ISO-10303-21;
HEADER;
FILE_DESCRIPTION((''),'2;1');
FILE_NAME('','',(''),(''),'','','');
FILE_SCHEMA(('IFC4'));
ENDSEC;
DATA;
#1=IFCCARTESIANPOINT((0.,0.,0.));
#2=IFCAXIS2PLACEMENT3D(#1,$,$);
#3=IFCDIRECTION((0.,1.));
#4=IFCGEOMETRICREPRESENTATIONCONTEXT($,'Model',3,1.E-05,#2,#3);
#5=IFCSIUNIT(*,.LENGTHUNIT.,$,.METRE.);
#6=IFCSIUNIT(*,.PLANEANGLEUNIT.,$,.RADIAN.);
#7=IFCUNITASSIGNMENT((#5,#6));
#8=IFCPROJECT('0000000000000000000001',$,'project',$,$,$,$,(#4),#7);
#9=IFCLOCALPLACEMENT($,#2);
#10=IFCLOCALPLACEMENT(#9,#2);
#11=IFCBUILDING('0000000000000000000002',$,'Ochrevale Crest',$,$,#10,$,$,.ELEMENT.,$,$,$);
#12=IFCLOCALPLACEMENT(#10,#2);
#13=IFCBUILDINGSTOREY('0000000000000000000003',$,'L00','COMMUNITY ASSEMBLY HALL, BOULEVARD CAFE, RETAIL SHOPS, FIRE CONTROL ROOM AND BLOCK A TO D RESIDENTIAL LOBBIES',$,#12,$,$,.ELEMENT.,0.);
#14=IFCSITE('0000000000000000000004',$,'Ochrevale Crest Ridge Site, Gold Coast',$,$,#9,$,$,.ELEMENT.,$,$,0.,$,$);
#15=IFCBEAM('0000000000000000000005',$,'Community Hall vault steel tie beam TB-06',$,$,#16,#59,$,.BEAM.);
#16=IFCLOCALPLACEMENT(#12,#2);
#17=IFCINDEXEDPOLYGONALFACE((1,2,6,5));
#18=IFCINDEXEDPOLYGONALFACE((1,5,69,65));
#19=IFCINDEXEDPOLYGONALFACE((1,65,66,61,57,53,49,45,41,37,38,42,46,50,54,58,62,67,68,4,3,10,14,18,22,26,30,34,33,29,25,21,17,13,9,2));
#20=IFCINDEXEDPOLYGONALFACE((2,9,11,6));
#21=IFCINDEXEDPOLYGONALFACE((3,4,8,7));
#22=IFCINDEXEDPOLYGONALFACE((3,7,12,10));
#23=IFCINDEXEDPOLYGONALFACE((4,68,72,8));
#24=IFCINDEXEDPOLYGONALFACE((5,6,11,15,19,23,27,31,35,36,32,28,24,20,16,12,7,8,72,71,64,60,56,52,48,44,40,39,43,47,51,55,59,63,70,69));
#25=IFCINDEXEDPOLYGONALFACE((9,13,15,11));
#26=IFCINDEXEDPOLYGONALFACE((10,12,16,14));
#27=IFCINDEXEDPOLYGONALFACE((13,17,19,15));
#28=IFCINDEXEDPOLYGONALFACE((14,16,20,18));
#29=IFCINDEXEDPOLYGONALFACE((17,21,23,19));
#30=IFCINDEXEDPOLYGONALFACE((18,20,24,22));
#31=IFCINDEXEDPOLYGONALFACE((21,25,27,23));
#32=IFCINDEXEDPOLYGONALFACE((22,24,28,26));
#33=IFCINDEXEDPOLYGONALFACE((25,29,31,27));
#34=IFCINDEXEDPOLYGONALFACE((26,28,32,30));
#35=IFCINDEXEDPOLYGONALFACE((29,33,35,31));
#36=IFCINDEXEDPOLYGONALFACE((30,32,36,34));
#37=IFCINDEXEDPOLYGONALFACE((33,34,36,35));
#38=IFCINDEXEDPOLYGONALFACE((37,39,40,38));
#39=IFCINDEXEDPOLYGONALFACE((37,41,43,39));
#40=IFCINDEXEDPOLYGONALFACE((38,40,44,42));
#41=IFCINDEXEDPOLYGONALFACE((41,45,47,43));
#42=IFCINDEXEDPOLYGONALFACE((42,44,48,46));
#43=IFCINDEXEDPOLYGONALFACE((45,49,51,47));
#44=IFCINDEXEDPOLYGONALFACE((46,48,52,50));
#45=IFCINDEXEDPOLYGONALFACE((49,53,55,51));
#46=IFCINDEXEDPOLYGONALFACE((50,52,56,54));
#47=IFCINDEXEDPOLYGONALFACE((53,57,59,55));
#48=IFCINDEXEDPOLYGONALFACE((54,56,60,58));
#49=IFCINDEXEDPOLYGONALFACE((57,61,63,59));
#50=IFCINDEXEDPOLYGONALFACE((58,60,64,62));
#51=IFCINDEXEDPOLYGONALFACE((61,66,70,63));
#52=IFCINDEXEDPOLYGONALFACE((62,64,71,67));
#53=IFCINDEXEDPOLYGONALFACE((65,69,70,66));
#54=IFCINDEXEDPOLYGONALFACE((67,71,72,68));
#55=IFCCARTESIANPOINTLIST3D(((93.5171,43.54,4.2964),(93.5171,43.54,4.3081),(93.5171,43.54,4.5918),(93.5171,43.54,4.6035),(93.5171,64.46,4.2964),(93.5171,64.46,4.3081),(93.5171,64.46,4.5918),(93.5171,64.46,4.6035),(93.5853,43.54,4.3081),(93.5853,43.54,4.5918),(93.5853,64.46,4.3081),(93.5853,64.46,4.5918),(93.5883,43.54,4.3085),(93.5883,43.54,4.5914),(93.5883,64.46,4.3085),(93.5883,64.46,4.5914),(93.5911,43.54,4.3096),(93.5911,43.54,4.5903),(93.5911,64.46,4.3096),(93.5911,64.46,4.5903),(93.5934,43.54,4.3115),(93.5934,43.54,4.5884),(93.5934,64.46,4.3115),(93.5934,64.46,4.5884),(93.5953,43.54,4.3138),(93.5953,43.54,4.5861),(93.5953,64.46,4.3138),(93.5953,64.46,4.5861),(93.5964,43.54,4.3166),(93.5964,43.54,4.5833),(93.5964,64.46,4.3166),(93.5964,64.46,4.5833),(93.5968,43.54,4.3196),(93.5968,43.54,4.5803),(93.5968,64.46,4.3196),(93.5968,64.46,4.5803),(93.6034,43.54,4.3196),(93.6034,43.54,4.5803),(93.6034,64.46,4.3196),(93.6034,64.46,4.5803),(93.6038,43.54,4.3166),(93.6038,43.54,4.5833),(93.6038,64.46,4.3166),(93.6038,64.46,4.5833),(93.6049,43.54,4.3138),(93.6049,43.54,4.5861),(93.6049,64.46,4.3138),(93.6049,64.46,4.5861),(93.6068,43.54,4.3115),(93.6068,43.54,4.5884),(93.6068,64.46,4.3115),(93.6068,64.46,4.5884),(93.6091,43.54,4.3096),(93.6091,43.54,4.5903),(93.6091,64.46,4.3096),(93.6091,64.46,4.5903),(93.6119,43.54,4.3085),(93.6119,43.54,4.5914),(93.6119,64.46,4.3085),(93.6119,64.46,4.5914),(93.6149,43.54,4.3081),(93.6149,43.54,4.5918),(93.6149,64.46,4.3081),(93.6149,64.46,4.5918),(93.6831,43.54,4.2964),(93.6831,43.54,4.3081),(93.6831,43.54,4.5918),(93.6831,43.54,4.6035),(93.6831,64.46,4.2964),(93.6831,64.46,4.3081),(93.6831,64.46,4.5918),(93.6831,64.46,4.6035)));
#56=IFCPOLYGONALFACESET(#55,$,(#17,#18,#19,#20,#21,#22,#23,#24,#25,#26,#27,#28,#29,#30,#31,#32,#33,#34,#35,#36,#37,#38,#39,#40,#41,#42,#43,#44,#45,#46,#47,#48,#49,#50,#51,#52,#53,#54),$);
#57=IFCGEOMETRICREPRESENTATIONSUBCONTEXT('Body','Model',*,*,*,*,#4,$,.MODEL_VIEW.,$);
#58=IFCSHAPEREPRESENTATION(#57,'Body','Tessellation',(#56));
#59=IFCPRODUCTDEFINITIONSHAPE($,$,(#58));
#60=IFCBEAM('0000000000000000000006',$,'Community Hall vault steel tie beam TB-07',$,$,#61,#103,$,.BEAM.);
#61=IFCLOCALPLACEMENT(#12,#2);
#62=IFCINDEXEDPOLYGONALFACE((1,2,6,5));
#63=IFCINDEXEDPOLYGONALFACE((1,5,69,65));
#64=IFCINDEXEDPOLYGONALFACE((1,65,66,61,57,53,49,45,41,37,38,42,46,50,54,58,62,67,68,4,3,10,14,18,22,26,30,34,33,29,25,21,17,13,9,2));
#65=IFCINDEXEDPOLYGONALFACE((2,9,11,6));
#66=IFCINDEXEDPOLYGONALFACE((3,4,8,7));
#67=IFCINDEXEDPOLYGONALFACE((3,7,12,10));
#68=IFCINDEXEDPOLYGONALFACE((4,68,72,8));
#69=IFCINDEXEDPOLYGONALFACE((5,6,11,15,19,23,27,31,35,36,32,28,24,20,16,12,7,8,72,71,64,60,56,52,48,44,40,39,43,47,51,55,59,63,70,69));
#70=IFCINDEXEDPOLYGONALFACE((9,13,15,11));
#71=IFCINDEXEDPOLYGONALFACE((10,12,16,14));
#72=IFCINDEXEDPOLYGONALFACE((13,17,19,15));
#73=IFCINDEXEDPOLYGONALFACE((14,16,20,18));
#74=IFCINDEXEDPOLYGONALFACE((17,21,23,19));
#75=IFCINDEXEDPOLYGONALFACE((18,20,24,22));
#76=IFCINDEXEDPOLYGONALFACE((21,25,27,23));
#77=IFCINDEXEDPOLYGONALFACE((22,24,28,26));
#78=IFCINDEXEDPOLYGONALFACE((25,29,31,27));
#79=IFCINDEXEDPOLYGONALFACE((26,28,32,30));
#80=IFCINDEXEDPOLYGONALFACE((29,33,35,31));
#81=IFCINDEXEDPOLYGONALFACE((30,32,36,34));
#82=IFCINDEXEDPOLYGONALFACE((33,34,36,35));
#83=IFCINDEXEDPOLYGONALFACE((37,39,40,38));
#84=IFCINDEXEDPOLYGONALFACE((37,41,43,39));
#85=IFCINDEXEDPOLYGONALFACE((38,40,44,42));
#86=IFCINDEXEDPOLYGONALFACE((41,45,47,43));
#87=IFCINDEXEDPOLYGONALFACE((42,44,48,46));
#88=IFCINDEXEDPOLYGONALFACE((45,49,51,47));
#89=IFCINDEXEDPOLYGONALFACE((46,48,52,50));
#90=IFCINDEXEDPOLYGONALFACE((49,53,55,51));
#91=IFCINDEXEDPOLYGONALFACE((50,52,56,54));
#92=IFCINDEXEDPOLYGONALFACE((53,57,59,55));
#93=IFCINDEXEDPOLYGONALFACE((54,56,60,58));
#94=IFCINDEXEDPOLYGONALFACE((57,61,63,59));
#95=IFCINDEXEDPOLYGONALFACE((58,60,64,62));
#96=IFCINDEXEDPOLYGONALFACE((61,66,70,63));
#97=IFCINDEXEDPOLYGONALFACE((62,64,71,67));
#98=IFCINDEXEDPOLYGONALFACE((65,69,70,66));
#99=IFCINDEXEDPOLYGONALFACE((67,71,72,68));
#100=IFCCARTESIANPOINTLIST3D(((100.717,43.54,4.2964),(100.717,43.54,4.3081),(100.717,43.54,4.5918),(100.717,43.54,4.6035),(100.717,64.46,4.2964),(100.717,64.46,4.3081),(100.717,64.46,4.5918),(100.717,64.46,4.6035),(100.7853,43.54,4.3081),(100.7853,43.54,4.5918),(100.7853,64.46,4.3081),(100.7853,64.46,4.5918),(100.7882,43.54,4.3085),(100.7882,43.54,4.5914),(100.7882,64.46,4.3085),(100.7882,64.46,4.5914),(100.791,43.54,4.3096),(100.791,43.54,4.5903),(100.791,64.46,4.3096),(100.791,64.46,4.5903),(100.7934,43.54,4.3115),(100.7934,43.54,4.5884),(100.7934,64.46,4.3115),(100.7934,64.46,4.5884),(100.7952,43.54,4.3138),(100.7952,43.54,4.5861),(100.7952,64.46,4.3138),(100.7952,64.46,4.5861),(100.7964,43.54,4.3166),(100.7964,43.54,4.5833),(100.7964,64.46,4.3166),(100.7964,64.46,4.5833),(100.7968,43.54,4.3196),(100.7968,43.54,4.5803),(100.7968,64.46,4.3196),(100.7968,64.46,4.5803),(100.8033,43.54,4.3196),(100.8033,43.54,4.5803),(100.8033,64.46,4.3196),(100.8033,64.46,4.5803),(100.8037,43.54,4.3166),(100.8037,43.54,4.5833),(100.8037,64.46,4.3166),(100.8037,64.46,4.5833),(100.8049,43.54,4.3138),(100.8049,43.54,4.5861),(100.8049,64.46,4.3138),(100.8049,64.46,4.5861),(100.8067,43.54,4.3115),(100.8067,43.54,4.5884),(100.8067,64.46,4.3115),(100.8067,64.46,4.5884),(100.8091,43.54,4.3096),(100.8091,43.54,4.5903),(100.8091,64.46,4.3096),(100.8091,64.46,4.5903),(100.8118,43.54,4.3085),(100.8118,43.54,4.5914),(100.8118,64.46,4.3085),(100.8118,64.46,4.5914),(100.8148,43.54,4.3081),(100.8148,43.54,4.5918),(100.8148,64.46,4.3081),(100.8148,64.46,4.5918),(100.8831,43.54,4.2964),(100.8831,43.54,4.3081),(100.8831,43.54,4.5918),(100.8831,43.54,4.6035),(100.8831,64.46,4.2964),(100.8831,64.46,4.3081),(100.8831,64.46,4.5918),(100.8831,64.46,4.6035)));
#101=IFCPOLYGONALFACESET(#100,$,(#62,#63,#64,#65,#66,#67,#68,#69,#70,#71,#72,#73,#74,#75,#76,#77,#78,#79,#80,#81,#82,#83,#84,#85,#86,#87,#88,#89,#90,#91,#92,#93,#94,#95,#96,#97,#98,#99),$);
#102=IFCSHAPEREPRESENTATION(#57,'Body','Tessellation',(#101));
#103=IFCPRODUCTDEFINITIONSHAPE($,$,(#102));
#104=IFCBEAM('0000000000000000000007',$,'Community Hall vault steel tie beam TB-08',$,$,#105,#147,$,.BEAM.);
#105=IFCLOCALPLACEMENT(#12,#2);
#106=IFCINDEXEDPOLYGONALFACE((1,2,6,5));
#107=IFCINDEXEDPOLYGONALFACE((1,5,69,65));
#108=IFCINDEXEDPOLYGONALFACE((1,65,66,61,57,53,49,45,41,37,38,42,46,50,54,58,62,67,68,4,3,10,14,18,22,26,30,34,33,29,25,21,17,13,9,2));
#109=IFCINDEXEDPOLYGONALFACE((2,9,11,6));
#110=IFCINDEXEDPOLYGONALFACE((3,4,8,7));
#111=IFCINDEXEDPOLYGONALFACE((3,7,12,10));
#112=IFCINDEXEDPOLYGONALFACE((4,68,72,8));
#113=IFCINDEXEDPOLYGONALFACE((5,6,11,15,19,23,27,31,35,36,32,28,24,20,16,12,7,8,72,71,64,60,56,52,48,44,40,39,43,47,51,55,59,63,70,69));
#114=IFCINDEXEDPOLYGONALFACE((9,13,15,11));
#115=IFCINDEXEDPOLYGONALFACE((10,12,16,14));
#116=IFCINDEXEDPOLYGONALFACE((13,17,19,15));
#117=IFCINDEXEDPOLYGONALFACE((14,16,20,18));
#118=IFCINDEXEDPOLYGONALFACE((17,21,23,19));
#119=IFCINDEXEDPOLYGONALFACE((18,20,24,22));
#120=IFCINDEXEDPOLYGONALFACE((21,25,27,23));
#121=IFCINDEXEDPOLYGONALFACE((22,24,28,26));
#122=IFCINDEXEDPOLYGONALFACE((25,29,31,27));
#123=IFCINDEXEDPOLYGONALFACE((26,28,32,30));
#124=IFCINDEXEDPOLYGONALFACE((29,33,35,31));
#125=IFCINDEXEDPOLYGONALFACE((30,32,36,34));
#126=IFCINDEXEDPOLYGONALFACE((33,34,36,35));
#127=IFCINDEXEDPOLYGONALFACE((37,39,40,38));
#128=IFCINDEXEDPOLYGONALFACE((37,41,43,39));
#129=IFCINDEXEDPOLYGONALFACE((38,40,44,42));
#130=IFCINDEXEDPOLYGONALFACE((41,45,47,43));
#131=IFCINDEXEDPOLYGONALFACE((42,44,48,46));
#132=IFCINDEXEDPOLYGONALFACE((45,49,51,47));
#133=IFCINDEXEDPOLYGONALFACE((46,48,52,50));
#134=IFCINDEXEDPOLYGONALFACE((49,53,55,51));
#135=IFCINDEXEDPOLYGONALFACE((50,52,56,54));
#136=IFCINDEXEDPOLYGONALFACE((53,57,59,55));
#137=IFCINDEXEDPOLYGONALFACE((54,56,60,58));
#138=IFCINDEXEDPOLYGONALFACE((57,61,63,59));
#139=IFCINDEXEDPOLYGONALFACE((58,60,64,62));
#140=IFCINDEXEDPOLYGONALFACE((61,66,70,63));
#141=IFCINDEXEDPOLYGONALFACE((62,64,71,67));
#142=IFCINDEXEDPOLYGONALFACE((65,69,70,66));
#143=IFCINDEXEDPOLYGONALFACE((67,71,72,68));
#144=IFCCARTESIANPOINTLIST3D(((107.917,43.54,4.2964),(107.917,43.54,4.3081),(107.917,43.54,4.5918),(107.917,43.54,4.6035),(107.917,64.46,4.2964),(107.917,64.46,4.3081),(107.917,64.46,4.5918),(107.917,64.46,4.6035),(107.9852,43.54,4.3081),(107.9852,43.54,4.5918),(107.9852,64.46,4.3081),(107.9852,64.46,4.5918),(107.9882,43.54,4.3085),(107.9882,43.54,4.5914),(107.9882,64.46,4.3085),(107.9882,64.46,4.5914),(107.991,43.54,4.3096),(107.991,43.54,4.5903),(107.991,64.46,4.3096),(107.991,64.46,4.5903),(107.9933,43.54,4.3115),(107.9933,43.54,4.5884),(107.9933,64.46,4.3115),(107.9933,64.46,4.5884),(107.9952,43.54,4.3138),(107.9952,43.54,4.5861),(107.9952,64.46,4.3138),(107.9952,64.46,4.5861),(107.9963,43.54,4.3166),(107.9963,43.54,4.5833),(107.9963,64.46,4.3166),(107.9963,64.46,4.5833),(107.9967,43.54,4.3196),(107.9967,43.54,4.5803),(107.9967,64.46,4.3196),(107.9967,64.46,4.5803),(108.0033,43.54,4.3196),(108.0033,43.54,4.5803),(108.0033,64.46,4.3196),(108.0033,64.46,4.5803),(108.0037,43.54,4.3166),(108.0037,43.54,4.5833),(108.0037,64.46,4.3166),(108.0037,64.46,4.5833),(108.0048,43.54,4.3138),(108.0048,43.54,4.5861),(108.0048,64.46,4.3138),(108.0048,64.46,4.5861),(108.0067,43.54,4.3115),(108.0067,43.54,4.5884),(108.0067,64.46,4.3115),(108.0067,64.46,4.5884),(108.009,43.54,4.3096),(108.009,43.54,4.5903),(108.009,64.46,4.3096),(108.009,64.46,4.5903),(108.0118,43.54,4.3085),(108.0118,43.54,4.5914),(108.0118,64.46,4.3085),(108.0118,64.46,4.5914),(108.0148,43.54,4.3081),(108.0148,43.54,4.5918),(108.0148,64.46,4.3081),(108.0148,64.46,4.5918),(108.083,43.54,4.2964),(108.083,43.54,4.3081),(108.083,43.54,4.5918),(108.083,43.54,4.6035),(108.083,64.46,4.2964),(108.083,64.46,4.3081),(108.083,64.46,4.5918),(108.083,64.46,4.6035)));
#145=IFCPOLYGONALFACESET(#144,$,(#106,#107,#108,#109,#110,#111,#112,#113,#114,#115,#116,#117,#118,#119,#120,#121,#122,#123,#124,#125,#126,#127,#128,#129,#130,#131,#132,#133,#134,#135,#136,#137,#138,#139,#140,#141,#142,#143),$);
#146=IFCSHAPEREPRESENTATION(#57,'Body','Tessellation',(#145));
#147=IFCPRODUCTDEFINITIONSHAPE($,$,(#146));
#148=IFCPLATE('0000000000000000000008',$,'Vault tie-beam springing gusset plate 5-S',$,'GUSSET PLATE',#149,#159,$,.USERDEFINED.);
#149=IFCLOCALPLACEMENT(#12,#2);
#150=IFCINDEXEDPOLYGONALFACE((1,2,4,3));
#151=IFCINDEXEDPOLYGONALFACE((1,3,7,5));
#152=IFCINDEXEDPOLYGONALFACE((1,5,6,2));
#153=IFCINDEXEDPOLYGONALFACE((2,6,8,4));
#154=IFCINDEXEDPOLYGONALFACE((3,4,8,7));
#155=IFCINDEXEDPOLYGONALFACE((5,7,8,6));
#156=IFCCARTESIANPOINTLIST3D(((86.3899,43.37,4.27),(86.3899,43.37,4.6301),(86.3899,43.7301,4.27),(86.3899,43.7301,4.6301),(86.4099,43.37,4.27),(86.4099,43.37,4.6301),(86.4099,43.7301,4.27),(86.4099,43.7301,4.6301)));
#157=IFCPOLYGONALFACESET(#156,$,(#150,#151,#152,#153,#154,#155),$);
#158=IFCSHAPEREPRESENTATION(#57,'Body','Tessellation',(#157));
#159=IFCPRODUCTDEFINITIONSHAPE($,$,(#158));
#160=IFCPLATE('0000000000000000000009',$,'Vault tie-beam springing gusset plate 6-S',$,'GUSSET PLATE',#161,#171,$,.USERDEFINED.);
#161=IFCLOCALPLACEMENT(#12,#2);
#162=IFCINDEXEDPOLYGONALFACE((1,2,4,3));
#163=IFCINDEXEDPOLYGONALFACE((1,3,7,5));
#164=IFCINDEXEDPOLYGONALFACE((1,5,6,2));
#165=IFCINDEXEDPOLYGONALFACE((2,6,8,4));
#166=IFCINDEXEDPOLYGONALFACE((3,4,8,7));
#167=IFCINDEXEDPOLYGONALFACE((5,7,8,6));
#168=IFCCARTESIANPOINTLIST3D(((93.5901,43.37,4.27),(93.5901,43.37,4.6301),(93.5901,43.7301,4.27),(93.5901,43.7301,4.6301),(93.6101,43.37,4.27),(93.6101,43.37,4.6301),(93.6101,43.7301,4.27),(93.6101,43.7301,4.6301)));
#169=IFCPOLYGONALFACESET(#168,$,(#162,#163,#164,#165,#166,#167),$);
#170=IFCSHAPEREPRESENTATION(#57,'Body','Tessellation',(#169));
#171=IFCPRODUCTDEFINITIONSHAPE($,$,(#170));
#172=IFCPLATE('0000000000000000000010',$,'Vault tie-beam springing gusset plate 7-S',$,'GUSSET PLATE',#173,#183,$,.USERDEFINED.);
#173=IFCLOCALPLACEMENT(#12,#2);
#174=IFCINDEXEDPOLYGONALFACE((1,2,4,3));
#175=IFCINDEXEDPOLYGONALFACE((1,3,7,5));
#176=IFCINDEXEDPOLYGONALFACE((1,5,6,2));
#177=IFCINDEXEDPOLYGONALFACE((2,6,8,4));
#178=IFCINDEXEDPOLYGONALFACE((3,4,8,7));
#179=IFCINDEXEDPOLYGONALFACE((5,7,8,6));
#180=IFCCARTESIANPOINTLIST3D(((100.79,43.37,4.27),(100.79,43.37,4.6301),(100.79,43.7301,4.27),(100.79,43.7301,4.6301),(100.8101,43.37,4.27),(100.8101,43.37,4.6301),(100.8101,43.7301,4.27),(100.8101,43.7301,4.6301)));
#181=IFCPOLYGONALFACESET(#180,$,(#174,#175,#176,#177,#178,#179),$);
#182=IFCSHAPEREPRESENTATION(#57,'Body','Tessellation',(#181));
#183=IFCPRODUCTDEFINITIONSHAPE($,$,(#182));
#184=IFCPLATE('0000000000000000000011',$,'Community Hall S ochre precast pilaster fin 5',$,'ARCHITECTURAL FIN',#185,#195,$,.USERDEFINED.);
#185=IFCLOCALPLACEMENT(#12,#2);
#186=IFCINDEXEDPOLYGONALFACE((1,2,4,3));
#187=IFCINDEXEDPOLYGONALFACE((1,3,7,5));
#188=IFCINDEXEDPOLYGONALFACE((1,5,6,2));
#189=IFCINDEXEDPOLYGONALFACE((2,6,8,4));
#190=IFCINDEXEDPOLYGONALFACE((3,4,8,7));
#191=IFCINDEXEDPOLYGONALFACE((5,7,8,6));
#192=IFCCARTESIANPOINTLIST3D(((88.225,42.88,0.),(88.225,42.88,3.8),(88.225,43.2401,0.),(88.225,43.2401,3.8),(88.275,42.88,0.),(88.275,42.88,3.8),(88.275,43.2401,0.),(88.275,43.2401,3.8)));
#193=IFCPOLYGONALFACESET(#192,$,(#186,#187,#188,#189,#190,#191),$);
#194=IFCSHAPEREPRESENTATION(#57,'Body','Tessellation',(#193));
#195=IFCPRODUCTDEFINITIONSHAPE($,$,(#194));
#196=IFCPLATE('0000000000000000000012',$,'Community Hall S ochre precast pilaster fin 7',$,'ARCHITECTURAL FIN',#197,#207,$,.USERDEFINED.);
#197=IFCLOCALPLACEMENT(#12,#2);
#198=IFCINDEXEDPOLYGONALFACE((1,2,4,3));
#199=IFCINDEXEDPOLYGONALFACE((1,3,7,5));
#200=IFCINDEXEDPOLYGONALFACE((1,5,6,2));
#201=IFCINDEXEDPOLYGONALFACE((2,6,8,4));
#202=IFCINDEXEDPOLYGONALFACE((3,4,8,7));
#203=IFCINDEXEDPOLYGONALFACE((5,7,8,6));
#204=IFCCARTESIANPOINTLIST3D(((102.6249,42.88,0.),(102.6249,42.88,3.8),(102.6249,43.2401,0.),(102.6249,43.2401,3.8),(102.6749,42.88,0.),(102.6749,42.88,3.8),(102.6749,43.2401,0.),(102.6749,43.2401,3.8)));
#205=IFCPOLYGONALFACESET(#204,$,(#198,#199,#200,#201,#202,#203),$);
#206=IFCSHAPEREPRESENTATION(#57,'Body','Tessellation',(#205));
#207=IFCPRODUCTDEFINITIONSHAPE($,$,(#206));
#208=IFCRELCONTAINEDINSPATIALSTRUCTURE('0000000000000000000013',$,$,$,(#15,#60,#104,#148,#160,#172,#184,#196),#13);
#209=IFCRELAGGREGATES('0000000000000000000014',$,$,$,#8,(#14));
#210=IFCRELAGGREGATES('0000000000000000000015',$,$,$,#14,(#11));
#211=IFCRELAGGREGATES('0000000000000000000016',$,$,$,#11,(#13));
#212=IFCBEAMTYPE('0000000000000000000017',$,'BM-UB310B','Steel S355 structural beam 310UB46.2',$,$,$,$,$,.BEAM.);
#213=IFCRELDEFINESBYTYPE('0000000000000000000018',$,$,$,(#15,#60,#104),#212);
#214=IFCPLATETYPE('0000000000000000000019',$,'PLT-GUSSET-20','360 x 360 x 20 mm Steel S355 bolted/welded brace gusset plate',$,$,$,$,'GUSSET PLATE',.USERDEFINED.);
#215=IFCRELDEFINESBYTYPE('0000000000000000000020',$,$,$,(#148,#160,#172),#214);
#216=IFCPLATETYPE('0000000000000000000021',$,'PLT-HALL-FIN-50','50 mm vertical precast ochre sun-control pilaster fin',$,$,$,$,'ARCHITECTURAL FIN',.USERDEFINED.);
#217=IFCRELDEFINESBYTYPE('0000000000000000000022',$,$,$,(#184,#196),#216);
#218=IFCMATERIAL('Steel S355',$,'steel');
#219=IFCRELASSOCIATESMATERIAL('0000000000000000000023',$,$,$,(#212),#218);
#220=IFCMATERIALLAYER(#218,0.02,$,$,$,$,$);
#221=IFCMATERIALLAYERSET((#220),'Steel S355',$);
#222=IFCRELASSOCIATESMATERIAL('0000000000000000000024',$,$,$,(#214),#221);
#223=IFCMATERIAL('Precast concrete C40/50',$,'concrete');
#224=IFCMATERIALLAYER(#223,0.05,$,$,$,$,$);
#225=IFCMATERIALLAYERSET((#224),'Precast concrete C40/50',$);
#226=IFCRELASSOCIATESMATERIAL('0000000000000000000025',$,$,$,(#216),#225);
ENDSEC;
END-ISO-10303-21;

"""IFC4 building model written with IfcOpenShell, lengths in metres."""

from ifc_helpers import new_model, si_unit, direction, frame, origin, origin_2d, place, context, subcontext, project, spatial, rectangle, i_section, extrude, material, layer, layer_set, material_profile, profile_set, type_object, element, save


model = new_model("IFC4")

# Units and contexts
model_context = context("Model", 3, precision=1e-05, world=origin(), true_north=direction((0.0, 1.0)))
body_context = subcontext(model_context, "Body", "Model", "MODEL_VIEW")
ifc_project = project(units=[si_unit("LENGTHUNIT", "METRE"), si_unit("PLANEANGLEUNIT", "RADIAN")], contexts=[model_context])

# Site, building, storey
site_placement = place(None, origin())
site = spatial("IfcSite", under=ifc_project, at=site_placement, Name="Ochrevale Crest Ridge Site, Gold Coast", CompositionType="ELEMENT", RefElevation=0.0)
building_placement = place(site_placement, origin())
building = spatial("IfcBuilding", under=site, at=building_placement, Name="Ochrevale Crest", CompositionType="ELEMENT")
storey_placement = place(building_placement, origin())
storey = spatial("IfcBuildingStorey", under=building, at=storey_placement, Name="L00", Description="COMMUNITY ASSEMBLY HALL, BOULEVARD CAFE, RETAIL SHOPS, FIRE CONTROL ROOM AND BLOCK A TO D RESIDENTIAL LOBBIES", CompositionType="ELEMENT", Elevation=0.0)

# Shared definitions
ifc_material_1 = material(Name="Steel S355", Category="steel")

# Beams
ifc_material_profile_1 = material_profile(ifc_material_1, i_section(OverallWidth=0.166, OverallDepth=0.3071, WebThickness=0.0066, FlangeThickness=0.0117, FilletRadius=0.0115, at=origin_2d()), Name="310UB46.2")
ifc_profile_set_1 = profile_set([ifc_material_profile_1], Name="Steel S355")
beam_type_1 = type_object("IfcBeamType", Name="BM-UB310B", Description="Steel S355 structural beam 310UB46.2", PredefinedType="BEAM", material=ifc_profile_set_1)
for number, where, z_axis, x_axis, name in (
    (1, (93.6001, 43.54, 4.45), (0.0, 1.0, 0.0), (-1.0, 0.0, 0.0), "Community Hall vault steel tie beam TB-06"),
    (2, (100.8, 43.54, 4.45), (0.0, 1.0, 0.0), (-1.0, 0.0, 0.0), "Community Hall vault steel tie beam TB-07"),
    (3, (108.0, 43.54, 4.45), (0.0, 1.0, 0.0), (-1.0, 0.0, 0.0), "Community Hall vault steel tie beam TB-08"),
):
    element("IfcBeam", number, at=place(storey_placement, frame(where, z_axis=z_axis, x_axis=x_axis)), inside=storey, type_object=beam_type_1, Name=name, PredefinedType="BEAM", context=body_context, shape_type="SweptSolid", body=[
        extrude(i_section(OverallWidth=0.166, OverallDepth=0.3071, WebThickness=0.0066, FlangeThickness=0.0117, FilletRadius=0.0115, at=origin_2d()), origin(), (0.0, 0.0, 1.0), 20.9199),
    ])

# Plates
ifc_layer_1 = layer(ifc_material_1, 0.02)
ifc_layer_set_1 = layer_set([ifc_layer_1], Name="Steel S355")
plate_type_1 = type_object("IfcPlateType", Name="PLT-GUSSET-20", Description="360 x 360 x 20 mm Steel S355 bolted/welded brace gusset plate", ElementType="GUSSET PLATE", PredefinedType="USERDEFINED", material=ifc_layer_set_1)
for number, where, z_axis, x_axis, name in (
    (4, (86.3999, 43.55, 4.27), (0.0, 0.0, 1.0), (1.0, 0.0, 0.0), "Vault tie-beam springing gusset plate 5-S"),
    (5, (93.6001, 43.55, 4.27), (0.0, 0.0, 1.0), (1.0, 0.0, 0.0), "Vault tie-beam springing gusset plate 6-S"),
    (6, (100.8, 43.55, 4.27), (0.0, 0.0, 1.0), (1.0, 0.0, 0.0), "Vault tie-beam springing gusset plate 7-S"),
):
    element("IfcPlate", number, at=place(storey_placement, frame(where, z_axis=z_axis, x_axis=x_axis)), inside=storey, type_object=plate_type_1, Name=name, ObjectType="GUSSET PLATE", PredefinedType="USERDEFINED", context=body_context, shape_type="SweptSolid", body=[
        extrude(rectangle(XDim=0.02, YDim=0.3601, at=origin_2d()), origin(), (0.0, 0.0, 1.0), 0.3601),
    ])
ifc_material_2 = material(Name="Precast concrete C40/50", Category="concrete")
ifc_layer_2 = layer(ifc_material_2, 0.05)
ifc_layer_set_2 = layer_set([ifc_layer_2], Name="Precast concrete C40/50")
plate_type_2 = type_object("IfcPlateType", Name="PLT-HALL-FIN-50", Description="50 mm vertical precast ochre sun-control pilaster fin", ElementType="ARCHITECTURAL FIN", PredefinedType="USERDEFINED", material=ifc_layer_set_2)
for number, where, z_axis, x_axis, name in (
    (7, (88.25, 43.0601, 0.0), (0.0, 0.0, 1.0), (1.0, 0.0, 0.0), "Community Hall S ochre precast pilaster fin 5"),
    (8, (102.6499, 43.0601, 0.0), (0.0, 0.0, 1.0), (1.0, 0.0, 0.0), "Community Hall S ochre precast pilaster fin 7"),
):
    element("IfcPlate", number, at=place(storey_placement, frame(where, z_axis=z_axis, x_axis=x_axis)), inside=storey, type_object=plate_type_2, Name=name, ObjectType="ARCHITECTURAL FIN", PredefinedType="USERDEFINED", context=body_context, shape_type="SweptSolid", body=[
        extrude(rectangle(XDim=0.05, YDim=0.3601, at=origin_2d()), origin(), (0.0, 0.0, 1.0), 3.8),
    ])

save(model, "model.ifc")
